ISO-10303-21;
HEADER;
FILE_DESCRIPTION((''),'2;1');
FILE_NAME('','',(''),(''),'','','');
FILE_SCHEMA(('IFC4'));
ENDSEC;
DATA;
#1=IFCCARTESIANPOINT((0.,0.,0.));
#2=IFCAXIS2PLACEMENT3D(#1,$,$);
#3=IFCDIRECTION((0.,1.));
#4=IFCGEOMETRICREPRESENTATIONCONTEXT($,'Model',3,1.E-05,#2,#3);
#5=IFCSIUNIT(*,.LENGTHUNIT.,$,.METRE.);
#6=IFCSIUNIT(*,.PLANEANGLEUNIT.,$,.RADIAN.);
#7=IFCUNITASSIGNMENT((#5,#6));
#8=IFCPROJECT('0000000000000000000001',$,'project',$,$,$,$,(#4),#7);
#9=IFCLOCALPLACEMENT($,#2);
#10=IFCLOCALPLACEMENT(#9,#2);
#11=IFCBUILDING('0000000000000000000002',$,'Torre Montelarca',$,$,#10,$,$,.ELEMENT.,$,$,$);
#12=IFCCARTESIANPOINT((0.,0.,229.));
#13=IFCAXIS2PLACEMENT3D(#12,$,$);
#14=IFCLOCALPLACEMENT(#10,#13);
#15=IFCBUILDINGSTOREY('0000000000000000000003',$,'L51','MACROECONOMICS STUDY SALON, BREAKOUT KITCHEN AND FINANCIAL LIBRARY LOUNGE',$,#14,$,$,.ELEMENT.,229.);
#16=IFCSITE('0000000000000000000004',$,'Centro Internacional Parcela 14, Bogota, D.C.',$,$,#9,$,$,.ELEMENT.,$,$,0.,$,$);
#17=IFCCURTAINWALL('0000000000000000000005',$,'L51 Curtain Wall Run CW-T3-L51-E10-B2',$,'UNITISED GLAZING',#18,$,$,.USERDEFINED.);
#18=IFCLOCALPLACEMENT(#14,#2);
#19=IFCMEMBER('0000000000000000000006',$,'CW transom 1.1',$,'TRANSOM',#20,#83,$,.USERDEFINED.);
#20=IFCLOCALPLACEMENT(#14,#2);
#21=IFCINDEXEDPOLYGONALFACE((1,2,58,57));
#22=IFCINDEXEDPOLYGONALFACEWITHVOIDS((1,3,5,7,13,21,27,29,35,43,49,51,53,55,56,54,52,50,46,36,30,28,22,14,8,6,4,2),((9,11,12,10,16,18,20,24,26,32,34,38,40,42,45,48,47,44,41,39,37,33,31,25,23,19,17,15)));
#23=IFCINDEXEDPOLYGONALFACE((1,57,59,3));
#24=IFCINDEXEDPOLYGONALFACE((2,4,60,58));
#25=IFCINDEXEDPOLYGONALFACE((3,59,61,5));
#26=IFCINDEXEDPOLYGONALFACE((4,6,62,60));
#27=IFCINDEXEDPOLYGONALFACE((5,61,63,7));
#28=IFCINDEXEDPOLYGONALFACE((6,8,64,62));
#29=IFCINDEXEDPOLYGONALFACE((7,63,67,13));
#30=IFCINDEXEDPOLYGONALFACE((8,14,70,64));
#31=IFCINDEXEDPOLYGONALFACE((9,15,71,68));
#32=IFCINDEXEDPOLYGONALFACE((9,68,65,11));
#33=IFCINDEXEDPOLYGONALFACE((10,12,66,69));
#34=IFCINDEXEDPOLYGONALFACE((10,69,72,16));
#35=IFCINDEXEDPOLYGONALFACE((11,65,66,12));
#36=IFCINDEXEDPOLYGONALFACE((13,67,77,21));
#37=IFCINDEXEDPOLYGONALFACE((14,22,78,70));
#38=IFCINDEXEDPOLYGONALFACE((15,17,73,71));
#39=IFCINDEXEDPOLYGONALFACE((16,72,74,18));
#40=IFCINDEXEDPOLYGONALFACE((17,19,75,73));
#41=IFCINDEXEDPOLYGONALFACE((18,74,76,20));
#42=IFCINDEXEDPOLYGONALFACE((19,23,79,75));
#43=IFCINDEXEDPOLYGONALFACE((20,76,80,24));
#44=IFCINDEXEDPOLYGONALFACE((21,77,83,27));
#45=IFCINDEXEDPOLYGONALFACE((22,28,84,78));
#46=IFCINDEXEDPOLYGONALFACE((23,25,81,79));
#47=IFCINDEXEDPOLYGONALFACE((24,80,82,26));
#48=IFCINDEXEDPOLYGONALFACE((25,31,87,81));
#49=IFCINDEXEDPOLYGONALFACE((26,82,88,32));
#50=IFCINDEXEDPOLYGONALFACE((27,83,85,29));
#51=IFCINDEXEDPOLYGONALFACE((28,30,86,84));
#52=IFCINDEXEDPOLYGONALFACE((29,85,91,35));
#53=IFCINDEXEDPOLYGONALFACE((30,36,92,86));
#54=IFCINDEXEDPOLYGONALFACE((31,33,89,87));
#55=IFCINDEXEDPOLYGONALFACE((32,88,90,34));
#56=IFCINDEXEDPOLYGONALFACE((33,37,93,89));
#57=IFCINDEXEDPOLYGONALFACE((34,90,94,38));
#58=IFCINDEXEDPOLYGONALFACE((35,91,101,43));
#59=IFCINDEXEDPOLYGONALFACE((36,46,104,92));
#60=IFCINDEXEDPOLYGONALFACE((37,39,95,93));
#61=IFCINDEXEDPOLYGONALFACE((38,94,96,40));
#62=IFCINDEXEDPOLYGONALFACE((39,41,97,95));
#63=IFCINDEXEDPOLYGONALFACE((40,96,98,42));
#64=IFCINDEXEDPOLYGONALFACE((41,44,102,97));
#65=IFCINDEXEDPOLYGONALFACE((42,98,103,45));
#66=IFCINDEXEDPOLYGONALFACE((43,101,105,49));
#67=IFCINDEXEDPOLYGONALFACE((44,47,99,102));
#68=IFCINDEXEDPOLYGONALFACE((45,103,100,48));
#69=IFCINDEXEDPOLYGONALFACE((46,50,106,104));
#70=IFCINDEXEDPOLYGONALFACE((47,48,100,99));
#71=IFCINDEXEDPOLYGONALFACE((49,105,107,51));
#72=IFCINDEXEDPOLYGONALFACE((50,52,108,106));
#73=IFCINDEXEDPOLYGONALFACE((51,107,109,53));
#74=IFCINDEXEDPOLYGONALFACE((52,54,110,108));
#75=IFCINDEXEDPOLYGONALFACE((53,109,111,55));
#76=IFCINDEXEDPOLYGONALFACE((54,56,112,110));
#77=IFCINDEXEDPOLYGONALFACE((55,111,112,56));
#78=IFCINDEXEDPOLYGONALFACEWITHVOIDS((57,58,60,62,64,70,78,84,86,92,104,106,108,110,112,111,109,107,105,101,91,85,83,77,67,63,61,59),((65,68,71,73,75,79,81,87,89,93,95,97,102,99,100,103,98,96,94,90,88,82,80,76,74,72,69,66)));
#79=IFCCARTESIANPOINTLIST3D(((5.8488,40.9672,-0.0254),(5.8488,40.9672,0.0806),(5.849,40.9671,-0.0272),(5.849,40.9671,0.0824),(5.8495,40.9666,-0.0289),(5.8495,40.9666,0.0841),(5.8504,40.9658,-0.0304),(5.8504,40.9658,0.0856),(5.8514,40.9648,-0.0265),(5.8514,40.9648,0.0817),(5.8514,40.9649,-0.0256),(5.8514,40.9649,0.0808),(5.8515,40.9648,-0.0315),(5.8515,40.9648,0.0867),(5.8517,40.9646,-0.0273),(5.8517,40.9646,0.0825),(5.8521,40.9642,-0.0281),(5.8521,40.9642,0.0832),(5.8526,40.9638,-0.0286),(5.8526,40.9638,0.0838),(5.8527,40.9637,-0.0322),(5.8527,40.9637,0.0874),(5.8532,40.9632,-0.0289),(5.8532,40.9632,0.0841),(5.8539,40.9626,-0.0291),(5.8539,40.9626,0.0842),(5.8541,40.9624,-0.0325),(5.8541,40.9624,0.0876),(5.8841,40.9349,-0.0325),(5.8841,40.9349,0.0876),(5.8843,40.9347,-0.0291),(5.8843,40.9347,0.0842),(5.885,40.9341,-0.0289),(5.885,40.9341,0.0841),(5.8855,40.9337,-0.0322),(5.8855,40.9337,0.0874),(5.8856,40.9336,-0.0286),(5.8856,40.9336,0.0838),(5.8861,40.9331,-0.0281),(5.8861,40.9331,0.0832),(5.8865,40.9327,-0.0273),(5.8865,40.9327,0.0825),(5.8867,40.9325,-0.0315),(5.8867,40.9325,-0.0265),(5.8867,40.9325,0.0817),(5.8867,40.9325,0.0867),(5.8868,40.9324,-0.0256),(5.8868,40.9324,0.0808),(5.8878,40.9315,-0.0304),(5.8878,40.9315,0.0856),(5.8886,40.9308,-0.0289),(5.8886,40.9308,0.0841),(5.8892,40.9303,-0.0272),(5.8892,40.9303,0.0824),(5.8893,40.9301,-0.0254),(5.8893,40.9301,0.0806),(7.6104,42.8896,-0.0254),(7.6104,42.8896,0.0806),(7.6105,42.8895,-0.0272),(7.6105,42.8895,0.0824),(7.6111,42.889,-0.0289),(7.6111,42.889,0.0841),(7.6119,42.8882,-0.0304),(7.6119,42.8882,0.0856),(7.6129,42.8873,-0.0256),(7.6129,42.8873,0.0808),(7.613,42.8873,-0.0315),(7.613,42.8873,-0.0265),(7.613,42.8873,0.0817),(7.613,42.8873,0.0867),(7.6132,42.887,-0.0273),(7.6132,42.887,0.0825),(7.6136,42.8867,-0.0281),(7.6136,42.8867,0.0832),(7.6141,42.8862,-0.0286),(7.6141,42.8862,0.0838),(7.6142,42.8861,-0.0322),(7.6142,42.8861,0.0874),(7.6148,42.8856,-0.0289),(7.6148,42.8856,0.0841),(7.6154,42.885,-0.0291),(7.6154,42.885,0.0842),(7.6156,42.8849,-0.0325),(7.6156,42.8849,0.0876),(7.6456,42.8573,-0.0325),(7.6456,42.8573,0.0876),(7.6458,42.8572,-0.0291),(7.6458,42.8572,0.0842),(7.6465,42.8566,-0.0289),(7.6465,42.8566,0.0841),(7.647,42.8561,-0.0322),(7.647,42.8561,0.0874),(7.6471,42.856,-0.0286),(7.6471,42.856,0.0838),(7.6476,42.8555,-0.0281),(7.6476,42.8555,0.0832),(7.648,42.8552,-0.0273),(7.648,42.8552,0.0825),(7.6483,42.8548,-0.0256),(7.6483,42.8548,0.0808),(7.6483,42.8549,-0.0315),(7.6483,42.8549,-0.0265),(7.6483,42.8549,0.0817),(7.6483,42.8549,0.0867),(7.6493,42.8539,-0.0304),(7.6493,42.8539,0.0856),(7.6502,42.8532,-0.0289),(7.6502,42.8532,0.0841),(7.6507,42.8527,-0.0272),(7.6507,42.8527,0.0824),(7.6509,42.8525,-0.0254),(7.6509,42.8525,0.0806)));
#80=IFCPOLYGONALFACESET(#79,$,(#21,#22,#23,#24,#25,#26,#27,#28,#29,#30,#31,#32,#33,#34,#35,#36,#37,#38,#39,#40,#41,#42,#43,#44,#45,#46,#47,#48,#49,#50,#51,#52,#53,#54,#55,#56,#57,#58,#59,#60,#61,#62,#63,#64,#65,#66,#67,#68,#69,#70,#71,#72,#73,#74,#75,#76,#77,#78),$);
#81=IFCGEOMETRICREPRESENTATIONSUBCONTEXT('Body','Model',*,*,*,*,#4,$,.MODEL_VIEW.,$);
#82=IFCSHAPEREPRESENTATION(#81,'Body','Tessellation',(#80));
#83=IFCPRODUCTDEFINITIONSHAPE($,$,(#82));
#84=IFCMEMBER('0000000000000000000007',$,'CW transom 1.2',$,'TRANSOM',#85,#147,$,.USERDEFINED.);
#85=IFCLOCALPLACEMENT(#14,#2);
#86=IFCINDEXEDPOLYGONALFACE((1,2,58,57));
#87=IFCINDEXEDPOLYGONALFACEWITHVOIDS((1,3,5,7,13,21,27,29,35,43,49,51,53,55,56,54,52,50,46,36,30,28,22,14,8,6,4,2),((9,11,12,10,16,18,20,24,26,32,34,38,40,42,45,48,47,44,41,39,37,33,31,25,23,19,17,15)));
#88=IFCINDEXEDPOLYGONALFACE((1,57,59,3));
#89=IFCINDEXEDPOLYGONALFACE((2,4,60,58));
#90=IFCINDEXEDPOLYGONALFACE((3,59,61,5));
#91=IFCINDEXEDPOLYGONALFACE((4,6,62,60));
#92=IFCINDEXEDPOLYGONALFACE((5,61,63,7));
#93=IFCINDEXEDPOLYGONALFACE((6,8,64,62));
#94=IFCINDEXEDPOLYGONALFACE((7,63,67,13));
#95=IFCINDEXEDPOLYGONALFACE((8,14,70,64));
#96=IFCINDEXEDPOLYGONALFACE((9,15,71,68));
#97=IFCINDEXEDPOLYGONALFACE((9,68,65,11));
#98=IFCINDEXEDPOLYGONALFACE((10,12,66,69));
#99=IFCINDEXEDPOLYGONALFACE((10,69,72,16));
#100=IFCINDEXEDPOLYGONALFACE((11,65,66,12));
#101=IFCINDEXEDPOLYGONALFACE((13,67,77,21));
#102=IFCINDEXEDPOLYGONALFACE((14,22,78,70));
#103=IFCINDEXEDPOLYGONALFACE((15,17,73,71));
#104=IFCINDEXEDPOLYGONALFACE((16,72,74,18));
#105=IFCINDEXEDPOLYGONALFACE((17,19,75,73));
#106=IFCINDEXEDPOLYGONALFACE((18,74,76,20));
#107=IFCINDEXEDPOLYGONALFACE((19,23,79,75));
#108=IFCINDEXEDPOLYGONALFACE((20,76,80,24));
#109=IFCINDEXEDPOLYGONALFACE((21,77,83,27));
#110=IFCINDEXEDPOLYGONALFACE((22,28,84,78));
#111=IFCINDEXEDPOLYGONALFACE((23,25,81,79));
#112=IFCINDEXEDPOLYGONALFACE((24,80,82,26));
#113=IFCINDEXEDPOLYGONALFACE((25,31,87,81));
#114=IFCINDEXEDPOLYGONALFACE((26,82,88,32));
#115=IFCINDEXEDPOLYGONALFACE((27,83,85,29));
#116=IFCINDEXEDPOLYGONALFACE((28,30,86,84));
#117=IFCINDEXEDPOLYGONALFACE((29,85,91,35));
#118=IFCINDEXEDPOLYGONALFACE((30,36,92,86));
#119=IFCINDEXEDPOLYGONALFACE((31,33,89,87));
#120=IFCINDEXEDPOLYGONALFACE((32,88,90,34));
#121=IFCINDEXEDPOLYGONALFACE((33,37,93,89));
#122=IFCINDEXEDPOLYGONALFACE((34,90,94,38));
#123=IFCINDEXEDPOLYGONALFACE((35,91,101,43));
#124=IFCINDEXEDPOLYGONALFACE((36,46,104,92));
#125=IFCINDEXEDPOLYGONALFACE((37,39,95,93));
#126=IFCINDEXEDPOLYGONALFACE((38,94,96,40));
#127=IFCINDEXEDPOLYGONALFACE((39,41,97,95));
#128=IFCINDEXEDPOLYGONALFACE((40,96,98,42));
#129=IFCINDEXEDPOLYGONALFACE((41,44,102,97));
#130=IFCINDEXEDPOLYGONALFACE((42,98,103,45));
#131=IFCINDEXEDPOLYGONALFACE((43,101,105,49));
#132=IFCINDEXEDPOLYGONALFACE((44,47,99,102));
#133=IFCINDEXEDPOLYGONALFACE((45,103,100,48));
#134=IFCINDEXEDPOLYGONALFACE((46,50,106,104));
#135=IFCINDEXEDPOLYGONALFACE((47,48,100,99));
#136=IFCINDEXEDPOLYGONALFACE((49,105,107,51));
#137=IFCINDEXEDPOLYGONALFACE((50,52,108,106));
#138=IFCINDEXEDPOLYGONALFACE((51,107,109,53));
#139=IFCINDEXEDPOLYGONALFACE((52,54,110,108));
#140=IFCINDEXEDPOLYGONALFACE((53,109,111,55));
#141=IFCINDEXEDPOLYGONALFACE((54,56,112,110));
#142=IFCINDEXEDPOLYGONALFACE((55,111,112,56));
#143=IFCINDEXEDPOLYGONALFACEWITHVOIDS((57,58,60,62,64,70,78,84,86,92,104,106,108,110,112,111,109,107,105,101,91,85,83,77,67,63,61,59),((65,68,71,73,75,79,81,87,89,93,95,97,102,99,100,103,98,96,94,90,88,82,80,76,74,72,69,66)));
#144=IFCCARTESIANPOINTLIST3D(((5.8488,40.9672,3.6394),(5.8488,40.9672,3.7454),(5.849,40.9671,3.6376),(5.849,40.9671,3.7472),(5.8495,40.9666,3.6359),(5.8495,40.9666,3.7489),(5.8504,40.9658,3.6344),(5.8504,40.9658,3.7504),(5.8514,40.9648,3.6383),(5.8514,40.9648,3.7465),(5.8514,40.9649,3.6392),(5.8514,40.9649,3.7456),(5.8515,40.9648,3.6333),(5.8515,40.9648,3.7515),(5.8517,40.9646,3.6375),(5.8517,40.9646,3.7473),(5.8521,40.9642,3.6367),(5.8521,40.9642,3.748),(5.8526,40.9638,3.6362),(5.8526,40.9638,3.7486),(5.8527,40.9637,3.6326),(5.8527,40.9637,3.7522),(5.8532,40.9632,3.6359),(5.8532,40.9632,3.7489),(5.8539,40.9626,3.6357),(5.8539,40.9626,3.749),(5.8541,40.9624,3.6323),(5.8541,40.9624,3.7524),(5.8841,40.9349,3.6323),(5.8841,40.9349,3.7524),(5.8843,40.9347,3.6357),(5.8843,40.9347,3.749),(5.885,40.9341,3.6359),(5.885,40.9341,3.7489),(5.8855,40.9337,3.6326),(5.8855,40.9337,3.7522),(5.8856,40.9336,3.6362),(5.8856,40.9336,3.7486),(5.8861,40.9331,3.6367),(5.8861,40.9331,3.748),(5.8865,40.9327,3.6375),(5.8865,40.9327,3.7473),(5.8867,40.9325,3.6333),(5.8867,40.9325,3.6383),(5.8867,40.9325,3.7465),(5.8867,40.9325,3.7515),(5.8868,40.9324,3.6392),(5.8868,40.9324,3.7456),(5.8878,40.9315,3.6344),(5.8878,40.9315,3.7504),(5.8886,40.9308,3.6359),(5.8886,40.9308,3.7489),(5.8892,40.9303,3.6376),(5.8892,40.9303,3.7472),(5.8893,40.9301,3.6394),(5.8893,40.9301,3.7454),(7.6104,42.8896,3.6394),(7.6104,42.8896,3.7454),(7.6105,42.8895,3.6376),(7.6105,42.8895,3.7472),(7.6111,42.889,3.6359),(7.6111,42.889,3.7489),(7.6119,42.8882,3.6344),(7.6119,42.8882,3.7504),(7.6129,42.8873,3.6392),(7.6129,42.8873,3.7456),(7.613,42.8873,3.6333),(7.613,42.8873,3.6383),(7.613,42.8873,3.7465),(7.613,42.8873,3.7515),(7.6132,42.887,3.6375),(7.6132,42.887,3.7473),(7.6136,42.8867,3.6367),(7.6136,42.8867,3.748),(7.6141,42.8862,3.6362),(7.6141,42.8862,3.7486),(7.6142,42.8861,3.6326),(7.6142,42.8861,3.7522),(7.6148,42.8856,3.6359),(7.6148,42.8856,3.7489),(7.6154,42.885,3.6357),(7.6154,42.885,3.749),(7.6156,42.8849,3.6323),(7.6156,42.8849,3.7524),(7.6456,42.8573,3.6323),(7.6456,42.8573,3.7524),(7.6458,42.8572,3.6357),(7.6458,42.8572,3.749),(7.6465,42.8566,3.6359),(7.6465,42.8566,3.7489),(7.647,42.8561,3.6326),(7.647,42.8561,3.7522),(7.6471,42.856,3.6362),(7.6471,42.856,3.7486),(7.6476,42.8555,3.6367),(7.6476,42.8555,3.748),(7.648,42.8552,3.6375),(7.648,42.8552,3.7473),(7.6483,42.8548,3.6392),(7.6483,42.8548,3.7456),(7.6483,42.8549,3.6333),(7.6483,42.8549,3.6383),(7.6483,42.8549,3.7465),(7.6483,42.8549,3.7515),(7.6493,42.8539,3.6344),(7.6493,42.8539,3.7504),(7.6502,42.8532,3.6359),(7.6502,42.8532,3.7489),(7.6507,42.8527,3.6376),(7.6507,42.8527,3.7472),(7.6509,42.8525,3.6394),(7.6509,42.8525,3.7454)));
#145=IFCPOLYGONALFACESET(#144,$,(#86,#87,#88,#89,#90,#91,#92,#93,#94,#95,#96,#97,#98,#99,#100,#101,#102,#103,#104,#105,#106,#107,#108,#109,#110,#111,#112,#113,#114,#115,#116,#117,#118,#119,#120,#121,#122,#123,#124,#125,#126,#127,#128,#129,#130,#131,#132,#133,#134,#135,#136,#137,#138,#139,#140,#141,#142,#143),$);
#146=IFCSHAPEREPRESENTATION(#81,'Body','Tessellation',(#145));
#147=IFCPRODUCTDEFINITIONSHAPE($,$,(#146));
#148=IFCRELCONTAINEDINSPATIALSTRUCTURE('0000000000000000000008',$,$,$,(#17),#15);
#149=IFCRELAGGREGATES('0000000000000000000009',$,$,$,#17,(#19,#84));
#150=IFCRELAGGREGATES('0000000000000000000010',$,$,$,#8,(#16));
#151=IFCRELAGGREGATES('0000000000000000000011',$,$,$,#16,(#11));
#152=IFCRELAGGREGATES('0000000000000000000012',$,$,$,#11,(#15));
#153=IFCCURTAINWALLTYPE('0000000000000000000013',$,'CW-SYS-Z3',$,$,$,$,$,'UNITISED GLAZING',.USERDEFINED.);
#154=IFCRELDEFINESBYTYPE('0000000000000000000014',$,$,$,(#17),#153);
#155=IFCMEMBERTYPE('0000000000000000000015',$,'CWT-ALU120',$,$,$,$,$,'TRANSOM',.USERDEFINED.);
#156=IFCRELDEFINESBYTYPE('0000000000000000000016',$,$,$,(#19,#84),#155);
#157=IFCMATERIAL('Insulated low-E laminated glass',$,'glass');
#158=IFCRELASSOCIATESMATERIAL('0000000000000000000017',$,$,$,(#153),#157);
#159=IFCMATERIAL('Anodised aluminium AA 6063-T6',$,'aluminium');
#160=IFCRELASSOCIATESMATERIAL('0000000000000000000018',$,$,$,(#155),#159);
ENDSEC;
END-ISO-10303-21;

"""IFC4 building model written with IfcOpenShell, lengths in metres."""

from ifc_helpers import new_model, si_unit, direction, frame, origin, origin_2d, place, context, subcontext, project, spatial, hollow_rectangle, extrude, source, transform, mapped, material, material_profile, profile_set, type_object, element, aggregate, save


model = new_model("IFC4")

# Units and contexts
model_context = context("Model", 3, precision=1e-05, world=origin(), true_north=direction((0.0, 1.0)))
body_context = subcontext(model_context, "Body", "Model", "MODEL_VIEW")
ifc_project = project(units=[si_unit("LENGTHUNIT", "METRE"), si_unit("PLANEANGLEUNIT", "RADIAN")], contexts=[model_context])

# Site, building, storey
site_placement = place(None, origin())
site = spatial("IfcSite", under=ifc_project, at=site_placement, Name="Centro Internacional Parcela 14, Bogota, D.C.", CompositionType="ELEMENT", RefElevation=0.0)
building_placement = place(site_placement, origin())
building = spatial("IfcBuilding", under=site, at=building_placement, Name="Torre Montelarca", CompositionType="ELEMENT")
storey_placement = place(building_placement, frame((0.0, 0.0, 229.0)))
storey = spatial("IfcBuildingStorey", under=building, at=storey_placement, Name="L51", Description="MACROECONOMICS STUDY SALON, BREAKOUT KITCHEN AND FINANCIAL LIBRARY LOUNGE", CompositionType="ELEMENT", Elevation=229.0)

# Shared definitions
ifc_material_1 = material(Name="Insulated low-E laminated glass", Category="glass")
curtain_wall_type = type_object("IfcCurtainWallType", Name="CW-SYS-Z3", ElementType="UNITISED GLAZING", PredefinedType="USERDEFINED", material=ifc_material_1)
ifc_material_2 = material(Name="Anodised aluminium AA 6063-T6", Category="aluminium")

# Curtain wall
curtain_wall_1_placement = place(storey_placement, origin())
curtain_wall_1 = element("IfcCurtainWall", 1, at=curtain_wall_1_placement, inside=storey, type_object=curtain_wall_type, Name="L51 Curtain Wall Run CW-T3-L51-E10-B2", ObjectType="UNITISED GLAZING", PredefinedType="USERDEFINED")

# Members
ifc_material_profile_1 = material_profile(ifc_material_2, hollow_rectangle(XDim=0.0549, YDim=0.1201, WallThickness=0.0034, InnerFilletRadius=0.0034, OuterFilletRadius=0.0071, at=origin_2d()), Name="ALU55X120X3.5", Category="aluminium")
ifc_profile_set_1 = profile_set([ifc_material_profile_1], Name="Anodised aluminium AA 6063-T6")
member_type_1 = type_object("IfcMemberType", Name="CWT-ALU120", ElementType="TRANSOM", PredefinedType="USERDEFINED", material=ifc_profile_set_1)
shared_shape_1 = source(origin(), body_context, "Body", "SweptSolid", [
    extrude(hollow_rectangle(XDim=0.0549, YDim=0.1201, WallThickness=0.0034, InnerFilletRadius=0.0034, OuterFilletRadius=0.0071, at=origin_2d()), origin(), (0.0, 0.0, 1.0), 2.6074),
])
member_1_placement = place(storey_placement, frame((7.6306, 42.8711, 0.0276), z_axis=(-0.67558, -0.737286, 0.0), x_axis=(0.737286, -0.67558, 0.0)))
member_1 = element("IfcMember", 2, at=member_1_placement, type_object=member_type_1, Name="CW transom 1.1", ObjectType="TRANSOM", PredefinedType="USERDEFINED", context=body_context, shape_type="MappedRepresentation", body=[
    mapped(shared_shape_1, transform((0.0, 0.0, 0.0), scale=1.0)),
])
member_2_placement = place(storey_placement, frame((7.6306, 42.8711, 3.6924), z_axis=(-0.67558, -0.737286, 0.0), x_axis=(0.737286, -0.67558, 0.0)))
member_2 = element("IfcMember", 3, at=member_2_placement, type_object=member_type_1, Name="CW transom 1.2", ObjectType="TRANSOM", PredefinedType="USERDEFINED", context=body_context, shape_type="MappedRepresentation", body=[
    mapped(shared_shape_1, transform((0.0, 0.0, 0.0), scale=1.0)),
])

aggregate(curtain_wall_1, [member_1, member_2])

save(model, "model.ifc")
